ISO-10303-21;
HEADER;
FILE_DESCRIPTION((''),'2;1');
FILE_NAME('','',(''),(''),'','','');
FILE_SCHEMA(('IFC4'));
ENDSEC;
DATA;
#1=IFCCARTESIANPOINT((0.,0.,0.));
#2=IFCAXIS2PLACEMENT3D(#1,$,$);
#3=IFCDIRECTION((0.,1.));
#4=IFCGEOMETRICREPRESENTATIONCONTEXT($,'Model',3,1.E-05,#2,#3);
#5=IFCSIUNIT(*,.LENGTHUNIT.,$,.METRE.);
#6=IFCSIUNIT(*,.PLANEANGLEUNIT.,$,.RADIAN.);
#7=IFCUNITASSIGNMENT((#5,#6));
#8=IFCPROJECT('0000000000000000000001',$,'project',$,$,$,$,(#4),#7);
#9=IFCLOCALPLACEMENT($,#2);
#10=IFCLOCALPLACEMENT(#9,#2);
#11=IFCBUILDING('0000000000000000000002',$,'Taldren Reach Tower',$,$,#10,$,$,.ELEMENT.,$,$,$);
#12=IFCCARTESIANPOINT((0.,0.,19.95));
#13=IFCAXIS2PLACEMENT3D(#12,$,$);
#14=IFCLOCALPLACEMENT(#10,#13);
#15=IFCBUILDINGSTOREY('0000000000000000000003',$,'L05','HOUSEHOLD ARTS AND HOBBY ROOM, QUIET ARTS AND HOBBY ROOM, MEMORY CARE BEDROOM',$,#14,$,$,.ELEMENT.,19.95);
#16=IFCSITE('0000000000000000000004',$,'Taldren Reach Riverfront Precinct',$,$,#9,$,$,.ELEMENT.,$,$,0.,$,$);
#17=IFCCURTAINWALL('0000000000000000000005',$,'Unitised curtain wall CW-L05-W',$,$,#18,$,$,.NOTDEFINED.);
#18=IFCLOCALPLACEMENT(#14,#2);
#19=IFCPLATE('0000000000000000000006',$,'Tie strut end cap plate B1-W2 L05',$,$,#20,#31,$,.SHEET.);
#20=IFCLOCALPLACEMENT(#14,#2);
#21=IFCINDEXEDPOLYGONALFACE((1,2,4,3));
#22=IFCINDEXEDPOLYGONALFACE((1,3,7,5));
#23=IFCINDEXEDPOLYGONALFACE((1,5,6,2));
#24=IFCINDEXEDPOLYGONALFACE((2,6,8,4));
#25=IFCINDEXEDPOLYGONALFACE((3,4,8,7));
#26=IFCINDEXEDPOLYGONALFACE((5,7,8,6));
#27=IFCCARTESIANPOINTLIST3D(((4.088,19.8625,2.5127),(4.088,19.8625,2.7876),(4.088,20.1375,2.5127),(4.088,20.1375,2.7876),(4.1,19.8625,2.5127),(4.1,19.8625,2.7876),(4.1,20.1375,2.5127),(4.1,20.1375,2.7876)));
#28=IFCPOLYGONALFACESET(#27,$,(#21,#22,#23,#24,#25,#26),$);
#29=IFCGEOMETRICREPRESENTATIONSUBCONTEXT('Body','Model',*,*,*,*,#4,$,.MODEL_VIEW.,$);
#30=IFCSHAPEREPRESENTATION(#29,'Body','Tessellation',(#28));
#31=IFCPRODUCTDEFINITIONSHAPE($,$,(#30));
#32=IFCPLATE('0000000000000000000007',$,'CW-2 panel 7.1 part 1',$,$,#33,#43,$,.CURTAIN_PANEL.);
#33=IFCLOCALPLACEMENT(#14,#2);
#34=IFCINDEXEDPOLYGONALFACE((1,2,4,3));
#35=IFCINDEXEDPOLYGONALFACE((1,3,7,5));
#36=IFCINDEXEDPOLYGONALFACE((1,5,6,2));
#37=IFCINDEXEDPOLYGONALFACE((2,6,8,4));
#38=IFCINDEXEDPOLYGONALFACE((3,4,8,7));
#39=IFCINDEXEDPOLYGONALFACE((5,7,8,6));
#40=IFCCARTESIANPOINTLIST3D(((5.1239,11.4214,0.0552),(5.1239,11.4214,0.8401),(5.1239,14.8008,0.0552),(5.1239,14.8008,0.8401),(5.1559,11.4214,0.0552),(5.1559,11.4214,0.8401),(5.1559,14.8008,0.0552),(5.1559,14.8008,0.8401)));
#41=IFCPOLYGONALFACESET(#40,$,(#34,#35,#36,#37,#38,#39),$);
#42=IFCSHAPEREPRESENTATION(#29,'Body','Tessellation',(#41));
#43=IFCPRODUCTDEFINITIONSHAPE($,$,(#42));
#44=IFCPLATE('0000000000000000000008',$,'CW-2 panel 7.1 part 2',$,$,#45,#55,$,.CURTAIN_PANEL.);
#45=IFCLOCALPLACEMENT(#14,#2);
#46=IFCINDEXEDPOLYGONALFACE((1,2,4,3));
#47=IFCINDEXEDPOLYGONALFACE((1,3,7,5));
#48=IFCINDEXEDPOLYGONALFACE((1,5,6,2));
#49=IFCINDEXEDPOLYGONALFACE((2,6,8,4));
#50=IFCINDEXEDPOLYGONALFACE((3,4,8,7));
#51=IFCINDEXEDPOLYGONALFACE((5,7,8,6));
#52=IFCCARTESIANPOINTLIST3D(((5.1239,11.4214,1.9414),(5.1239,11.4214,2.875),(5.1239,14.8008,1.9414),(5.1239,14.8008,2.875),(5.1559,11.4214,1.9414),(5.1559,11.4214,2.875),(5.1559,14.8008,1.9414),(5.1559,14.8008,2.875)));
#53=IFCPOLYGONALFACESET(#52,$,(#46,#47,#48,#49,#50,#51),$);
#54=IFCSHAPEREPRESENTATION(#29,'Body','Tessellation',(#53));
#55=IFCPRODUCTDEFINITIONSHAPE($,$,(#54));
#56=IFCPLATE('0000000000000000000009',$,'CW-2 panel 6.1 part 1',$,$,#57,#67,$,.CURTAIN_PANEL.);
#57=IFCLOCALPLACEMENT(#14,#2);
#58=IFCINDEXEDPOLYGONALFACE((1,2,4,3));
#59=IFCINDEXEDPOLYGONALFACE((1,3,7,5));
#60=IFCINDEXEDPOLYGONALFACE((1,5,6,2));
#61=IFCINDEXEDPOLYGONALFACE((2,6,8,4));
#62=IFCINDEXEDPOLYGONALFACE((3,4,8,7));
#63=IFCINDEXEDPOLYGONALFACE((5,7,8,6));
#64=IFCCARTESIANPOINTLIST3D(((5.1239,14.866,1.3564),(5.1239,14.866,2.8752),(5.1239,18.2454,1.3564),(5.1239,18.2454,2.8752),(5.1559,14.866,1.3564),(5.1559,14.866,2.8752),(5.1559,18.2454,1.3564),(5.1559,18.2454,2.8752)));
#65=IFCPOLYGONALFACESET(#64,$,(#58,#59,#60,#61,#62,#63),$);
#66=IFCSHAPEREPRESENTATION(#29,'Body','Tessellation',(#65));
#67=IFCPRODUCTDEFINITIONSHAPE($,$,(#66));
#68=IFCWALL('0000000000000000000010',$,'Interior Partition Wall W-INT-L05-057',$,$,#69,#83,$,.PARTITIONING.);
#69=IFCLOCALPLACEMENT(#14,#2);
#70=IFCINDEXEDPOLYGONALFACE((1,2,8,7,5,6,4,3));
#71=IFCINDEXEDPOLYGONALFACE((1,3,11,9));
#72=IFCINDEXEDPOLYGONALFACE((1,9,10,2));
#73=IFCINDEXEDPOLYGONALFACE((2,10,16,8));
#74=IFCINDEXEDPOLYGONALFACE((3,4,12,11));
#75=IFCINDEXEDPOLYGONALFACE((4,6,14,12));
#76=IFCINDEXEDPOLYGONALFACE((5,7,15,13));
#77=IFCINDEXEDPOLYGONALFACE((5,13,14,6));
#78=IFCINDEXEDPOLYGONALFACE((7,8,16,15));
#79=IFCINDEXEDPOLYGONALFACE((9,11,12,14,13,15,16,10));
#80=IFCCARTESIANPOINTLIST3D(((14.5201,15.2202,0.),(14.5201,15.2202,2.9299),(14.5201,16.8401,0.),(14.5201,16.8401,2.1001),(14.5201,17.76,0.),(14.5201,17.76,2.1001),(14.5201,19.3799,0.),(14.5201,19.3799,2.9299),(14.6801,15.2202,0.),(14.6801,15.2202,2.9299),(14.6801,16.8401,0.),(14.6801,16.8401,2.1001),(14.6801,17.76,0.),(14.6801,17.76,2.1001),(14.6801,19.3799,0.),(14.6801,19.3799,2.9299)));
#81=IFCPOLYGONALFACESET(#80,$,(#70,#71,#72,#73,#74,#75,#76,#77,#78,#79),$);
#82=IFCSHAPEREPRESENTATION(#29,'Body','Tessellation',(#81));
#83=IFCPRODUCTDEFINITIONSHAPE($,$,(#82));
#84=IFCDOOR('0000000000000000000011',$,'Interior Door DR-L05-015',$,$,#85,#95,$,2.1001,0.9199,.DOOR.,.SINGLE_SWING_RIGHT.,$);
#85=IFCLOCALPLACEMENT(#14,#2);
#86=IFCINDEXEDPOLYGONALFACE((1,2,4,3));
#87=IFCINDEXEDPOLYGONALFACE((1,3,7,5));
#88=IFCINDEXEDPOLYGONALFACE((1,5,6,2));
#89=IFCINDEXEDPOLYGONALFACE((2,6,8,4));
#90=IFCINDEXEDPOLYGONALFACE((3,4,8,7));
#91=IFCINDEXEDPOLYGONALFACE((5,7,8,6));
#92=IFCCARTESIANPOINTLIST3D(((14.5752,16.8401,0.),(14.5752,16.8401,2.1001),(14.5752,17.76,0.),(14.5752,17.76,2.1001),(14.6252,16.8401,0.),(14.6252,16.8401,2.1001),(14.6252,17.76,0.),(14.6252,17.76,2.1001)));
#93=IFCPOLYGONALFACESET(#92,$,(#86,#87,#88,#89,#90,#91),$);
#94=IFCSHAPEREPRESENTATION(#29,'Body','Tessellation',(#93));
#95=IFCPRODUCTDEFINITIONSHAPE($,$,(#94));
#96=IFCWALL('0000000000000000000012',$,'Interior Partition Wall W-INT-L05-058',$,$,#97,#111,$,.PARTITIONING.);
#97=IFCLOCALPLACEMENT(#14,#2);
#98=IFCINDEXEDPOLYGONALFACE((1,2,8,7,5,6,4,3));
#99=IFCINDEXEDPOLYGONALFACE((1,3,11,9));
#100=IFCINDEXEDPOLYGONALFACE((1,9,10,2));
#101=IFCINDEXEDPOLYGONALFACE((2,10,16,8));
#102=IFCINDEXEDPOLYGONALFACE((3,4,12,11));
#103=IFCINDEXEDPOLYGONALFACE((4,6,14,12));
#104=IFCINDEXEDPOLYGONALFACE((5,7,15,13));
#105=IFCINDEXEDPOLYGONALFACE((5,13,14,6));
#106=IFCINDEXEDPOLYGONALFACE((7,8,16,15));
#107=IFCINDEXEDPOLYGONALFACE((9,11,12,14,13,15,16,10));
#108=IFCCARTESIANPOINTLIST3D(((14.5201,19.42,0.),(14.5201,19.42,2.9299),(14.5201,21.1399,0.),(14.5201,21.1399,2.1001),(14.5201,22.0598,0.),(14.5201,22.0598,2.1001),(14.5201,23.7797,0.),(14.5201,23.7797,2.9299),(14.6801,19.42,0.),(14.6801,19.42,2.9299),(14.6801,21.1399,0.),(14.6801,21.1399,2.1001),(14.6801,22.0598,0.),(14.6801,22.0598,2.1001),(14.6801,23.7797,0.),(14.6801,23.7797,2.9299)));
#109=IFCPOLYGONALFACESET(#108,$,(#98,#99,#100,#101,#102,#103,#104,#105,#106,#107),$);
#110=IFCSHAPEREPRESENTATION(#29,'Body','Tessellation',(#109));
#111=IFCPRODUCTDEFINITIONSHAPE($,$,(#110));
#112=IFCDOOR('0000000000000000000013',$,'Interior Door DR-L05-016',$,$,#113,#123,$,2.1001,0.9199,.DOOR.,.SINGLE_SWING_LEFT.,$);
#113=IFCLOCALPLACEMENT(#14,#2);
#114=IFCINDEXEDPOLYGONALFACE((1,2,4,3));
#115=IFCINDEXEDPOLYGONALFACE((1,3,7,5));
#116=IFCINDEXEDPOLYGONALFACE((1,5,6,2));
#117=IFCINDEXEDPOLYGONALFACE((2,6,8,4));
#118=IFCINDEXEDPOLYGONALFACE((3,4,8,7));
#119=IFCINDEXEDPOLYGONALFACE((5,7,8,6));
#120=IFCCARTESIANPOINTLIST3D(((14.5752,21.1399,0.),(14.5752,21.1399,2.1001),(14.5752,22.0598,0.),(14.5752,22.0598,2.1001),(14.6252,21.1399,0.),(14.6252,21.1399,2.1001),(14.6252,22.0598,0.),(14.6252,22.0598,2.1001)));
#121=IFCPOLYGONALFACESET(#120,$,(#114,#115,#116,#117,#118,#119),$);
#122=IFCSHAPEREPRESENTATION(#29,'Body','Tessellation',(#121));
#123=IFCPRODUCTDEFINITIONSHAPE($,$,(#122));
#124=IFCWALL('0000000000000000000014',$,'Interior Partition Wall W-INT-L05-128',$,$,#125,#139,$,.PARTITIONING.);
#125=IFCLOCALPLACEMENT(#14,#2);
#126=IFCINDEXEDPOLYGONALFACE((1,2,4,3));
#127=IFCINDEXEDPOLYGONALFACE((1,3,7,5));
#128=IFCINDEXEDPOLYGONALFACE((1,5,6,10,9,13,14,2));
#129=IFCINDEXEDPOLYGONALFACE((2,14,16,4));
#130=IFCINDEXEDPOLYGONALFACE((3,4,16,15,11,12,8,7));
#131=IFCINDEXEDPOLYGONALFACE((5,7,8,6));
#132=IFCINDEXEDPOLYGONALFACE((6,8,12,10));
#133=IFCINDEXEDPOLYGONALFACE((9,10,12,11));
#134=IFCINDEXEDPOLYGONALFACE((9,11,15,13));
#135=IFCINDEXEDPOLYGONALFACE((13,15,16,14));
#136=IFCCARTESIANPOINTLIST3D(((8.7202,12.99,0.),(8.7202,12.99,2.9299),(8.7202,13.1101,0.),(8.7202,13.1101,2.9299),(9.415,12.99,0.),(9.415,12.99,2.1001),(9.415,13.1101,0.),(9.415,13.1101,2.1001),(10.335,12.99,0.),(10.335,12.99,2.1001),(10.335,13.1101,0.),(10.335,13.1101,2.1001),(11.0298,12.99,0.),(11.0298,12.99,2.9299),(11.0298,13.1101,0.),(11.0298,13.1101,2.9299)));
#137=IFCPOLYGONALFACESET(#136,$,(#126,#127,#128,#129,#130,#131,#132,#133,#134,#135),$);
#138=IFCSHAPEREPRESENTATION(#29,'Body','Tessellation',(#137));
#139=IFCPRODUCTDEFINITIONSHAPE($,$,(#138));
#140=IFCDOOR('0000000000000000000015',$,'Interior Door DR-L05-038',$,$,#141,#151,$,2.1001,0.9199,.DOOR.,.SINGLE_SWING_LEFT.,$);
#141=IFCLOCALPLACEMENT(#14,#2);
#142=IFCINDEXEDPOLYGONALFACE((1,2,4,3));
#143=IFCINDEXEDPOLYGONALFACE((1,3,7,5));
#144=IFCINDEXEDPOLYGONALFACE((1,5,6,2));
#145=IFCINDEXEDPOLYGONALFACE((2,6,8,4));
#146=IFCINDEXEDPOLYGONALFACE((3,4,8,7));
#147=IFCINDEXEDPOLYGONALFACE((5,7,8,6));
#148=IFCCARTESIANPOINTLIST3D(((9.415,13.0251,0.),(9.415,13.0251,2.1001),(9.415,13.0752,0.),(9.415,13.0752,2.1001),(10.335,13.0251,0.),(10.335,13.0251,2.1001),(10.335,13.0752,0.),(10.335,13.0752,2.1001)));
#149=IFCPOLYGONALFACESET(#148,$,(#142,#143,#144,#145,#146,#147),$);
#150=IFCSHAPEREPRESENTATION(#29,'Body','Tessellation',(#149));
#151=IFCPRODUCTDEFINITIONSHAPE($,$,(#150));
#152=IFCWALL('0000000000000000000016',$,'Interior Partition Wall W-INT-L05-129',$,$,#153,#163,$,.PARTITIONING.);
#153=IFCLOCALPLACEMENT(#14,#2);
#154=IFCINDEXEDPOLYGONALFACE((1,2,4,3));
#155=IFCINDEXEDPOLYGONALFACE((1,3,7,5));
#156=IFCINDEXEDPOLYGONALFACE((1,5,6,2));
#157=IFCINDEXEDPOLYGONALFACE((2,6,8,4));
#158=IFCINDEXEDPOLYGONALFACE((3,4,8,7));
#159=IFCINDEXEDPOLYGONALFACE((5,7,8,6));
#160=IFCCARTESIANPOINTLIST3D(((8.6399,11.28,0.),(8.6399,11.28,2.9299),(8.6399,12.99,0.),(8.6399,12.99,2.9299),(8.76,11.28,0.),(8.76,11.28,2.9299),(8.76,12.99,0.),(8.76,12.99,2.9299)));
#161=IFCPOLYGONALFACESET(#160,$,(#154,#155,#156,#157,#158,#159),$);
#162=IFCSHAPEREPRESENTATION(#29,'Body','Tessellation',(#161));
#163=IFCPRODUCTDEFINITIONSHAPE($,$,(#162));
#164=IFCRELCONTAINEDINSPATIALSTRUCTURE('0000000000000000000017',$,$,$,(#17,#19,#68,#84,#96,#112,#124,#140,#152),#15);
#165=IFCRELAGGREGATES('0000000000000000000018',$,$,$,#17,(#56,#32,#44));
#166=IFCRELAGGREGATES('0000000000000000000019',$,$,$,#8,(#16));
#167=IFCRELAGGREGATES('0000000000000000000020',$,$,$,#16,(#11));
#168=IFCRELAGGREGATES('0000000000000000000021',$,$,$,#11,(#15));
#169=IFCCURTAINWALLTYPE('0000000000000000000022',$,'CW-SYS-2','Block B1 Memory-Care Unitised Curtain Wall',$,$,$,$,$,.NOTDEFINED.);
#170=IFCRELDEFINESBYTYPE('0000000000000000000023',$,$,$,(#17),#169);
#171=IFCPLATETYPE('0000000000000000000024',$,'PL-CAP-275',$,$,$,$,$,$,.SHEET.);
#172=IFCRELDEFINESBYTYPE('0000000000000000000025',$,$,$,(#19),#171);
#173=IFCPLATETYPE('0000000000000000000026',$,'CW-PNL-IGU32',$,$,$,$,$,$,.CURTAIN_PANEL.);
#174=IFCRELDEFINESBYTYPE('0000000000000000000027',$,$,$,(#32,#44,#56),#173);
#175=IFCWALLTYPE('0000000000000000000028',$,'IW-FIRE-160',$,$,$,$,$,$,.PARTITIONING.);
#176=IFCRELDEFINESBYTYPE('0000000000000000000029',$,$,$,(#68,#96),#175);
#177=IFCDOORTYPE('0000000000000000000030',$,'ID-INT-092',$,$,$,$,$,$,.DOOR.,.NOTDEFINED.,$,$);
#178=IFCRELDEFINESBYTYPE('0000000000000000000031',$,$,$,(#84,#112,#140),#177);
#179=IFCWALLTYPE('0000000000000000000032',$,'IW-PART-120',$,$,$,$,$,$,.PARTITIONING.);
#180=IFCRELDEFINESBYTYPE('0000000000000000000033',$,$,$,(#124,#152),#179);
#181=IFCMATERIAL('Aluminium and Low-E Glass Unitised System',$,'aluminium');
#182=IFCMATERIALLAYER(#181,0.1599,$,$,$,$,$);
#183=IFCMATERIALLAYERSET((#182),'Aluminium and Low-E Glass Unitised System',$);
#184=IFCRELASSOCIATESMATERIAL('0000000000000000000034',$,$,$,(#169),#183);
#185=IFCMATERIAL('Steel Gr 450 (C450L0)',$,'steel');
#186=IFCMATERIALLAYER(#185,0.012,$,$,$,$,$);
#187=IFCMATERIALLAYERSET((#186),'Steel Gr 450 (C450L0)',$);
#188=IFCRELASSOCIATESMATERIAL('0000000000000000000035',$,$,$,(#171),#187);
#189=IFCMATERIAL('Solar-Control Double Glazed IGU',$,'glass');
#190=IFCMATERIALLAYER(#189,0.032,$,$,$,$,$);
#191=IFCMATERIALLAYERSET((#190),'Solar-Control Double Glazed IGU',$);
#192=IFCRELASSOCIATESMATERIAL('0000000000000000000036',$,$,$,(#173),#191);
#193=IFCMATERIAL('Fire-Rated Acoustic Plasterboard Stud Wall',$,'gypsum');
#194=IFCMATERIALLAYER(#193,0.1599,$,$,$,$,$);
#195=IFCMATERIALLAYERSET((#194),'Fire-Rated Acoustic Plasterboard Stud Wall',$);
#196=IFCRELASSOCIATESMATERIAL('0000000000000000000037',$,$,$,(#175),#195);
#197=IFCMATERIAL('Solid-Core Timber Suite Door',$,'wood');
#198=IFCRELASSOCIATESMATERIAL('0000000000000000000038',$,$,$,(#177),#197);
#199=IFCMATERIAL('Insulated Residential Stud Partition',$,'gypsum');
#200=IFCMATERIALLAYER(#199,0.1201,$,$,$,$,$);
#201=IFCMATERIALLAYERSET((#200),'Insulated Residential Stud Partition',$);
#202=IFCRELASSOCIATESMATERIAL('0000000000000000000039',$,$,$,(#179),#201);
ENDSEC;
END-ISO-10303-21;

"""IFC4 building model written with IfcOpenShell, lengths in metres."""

from ifc_helpers import new_model, si_unit, direction, frame, frame_2d, origin, origin_2d, place, context, subcontext, project, spatial, rectangle, extrude, source, transform, mapped, material, layer, layer_set, type_object, element, fill, aggregate, save


model = new_model("IFC4")

# Units and contexts
model_context = context("Model", 3, precision=1e-05, world=origin(), true_north=direction((0.0, 1.0)))
body_context = subcontext(model_context, "Body", "Model", "MODEL_VIEW")
ifc_project = project(units=[si_unit("LENGTHUNIT", "METRE"), si_unit("PLANEANGLEUNIT", "RADIAN")], contexts=[model_context])

# Site, building, storey
site_placement = place(None, origin())
site = spatial("IfcSite", under=ifc_project, at=site_placement, Name="Taldren Reach Riverfront Precinct", CompositionType="ELEMENT", RefElevation=0.0)
building_placement = place(site_placement, origin())
building = spatial("IfcBuilding", under=site, at=building_placement, Name="Taldren Reach Tower", CompositionType="ELEMENT")
storey_placement = place(building_placement, frame((0.0, 0.0, 19.95)))
storey = spatial("IfcBuildingStorey", under=building, at=storey_placement, Name="L05", Description="HOUSEHOLD ARTS AND HOBBY ROOM, QUIET ARTS AND HOBBY ROOM, MEMORY CARE BEDROOM", CompositionType="ELEMENT", Elevation=19.95)

# Shared definitions
ifc_material_1 = material(Name="Steel Gr 450 (C450L0)", Category="steel")

# Curtain wall
ifc_material_2 = material(Name="Aluminium and Low-E Glass Unitised System", Category="aluminium")
ifc_layer_1 = layer(ifc_material_2, 0.1599)
ifc_layer_set_1 = layer_set([ifc_layer_1], Name="Aluminium and Low-E Glass Unitised System")
curtain_wall_type = type_object("IfcCurtainWallType", Name="CW-SYS-2", Description="Block B1 Memory-Care Unitised Curtain Wall", PredefinedType="NOTDEFINED", material=ifc_layer_set_1)
curtain_wall_placement = place(storey_placement, origin())
curtain_wall = element("IfcCurtainWall", 1, at=curtain_wall_placement, inside=storey, type_object=curtain_wall_type, Name="Unitised curtain wall CW-L05-W", PredefinedType="NOTDEFINED")

# Plates
ifc_layer_2 = layer(ifc_material_1, 0.012)
ifc_layer_set_2 = layer_set([ifc_layer_2], Name="Steel Gr 450 (C450L0)")
plate_type_1 = type_object("IfcPlateType", Name="PL-CAP-275", PredefinedType="SHEET", material=ifc_layer_set_2)
shared_shape_1 = source(origin(), body_context, "Body", "SweptSolid", [
    extrude(rectangle(XDim=0.012, YDim=0.2749, at=origin_2d()), origin(), (0.0, 0.0, 1.0), 0.2749),
])
plate_1_placement = place(storey_placement, frame((4.094, 20.0, 2.5127), z_axis=(0.0, 0.0, 1.0), x_axis=(1.0, 0.0, 0.0)))
element("IfcPlate", 2, at=plate_1_placement, inside=storey, type_object=plate_type_1, Name="Tie strut end cap plate B1-W2 L05", PredefinedType="SHEET", context=body_context, shape_type="MappedRepresentation", body=[
    mapped(shared_shape_1, transform((0.0, 0.0, 0.0), scale=1.0)),
])
ifc_material_3 = material(Name="Solar-Control Double Glazed IGU", Category="glass")
ifc_layer_3 = layer(ifc_material_3, 0.032)
ifc_layer_set_3 = layer_set([ifc_layer_3], Name="Solar-Control Double Glazed IGU")
plate_type_2 = type_object("IfcPlateType", Name="CW-PNL-IGU32", PredefinedType="CURTAIN_PANEL", material=ifc_layer_set_3)
shared_shape_2 = source(origin(), body_context, "Body", "SweptSolid", [
    extrude(rectangle(XDim=3.3794, YDim=0.032, at=origin_2d()), origin(), (0.0, 0.0, 1.0), 0.7849),
])
plate_2_placement = place(storey_placement, frame((5.1399, 13.1111, 0.0552), z_axis=(0.0, 0.0, 1.0), x_axis=(0.0, -1.0, 0.0)))
plate_2 = element("IfcPlate", 3, at=plate_2_placement, type_object=plate_type_2, Name="CW-2 panel 7.1 part 1", PredefinedType="CURTAIN_PANEL", context=body_context, shape_type="MappedRepresentation", body=[
    mapped(shared_shape_2, transform((0.0, 0.0, 0.0), scale=1.0)),
])
shared_shape_3 = source(origin(), body_context, "Body", "SweptSolid", [
    extrude(rectangle(XDim=3.3794, YDim=0.032, at=origin_2d()), origin(), (0.0, 0.0, 1.0), 0.9336),
])
plate_3_placement = place(storey_placement, frame((5.1399, 13.1111, 1.9414), z_axis=(0.0, 0.0, 1.0), x_axis=(0.0, -1.0, 0.0)))
plate_3 = element("IfcPlate", 4, at=plate_3_placement, type_object=plate_type_2, Name="CW-2 panel 7.1 part 2", PredefinedType="CURTAIN_PANEL", context=body_context, shape_type="MappedRepresentation", body=[
    mapped(shared_shape_3, transform((0.0, 0.0, 0.0), scale=1.0)),
])
shared_shape_4 = source(origin(), body_context, "Body", "SweptSolid", [
    extrude(rectangle(XDim=3.3794, YDim=0.032, at=origin_2d()), origin(), (0.0, 0.0, 1.0), 1.5188),
])
plate_4_placement = place(storey_placement, frame((5.1399, 16.5557, 1.3564), z_axis=(0.0, 0.0, 1.0), x_axis=(0.0, -1.0, 0.0)))
plate_4 = element("IfcPlate", 5, at=plate_4_placement, type_object=plate_type_2, Name="CW-2 panel 6.1 part 1", PredefinedType="CURTAIN_PANEL", context=body_context, shape_type="MappedRepresentation", body=[
    mapped(shared_shape_4, transform((0.0, 0.0, 0.0), scale=1.0)),
])
aggregate(curtain_wall, [plate_4, plate_2, plate_3])

# Walls, openings, doors
ifc_material_4 = material(Name="Fire-Rated Acoustic Plasterboard Stud Wall", Category="gypsum")
ifc_layer_4 = layer(ifc_material_4, 0.1599)
ifc_layer_set_4 = layer_set([ifc_layer_4], Name="Fire-Rated Acoustic Plasterboard Stud Wall")
wall_type_1 = type_object("IfcWallType", Name="IW-FIRE-160", PredefinedType="PARTITIONING", material=ifc_layer_set_4)
shared_shape_5 = source(origin(), body_context, "Body", "SweptSolid", [
    extrude(rectangle(XDim=4.1597, YDim=0.1599, at=frame_2d((2.0798, 0.0))), origin(), (0.0, 0.0, 1.0), 2.9299),
])
wall_1_placement = place(storey_placement, frame((14.6001, 15.2202, 0.0), z_axis=(0.0, 0.0, 1.0), x_axis=(0.0, 1.0, 0.0)))
wall_1 = element("IfcWall", 6, at=wall_1_placement, inside=storey, type_object=wall_type_1, Name="Interior Partition Wall W-INT-L05-057", PredefinedType="PARTITIONING", context=body_context, shape_type="MappedRepresentation", body=[
    mapped(shared_shape_5, transform((0.0, 0.0, 0.0), scale=1.0)),
])
shared_shape_6 = source(origin(), body_context, "Body", "SweptSolid", [
    extrude(rectangle(XDim=0.9199, YDim=2.1001, at=frame_2d((0.46, 1.05))), frame((0.0, 0.0898, 0.0), z_axis=(0.0, -1.0, 0.0), x_axis=(1.0, 0.0, 0.0)), (0.0, 0.0, 1.0), 0.1799),
])
opening_1_placement = place(wall_1_placement, frame((1.6199, 0.0, 0.0)))
opening_1 = element("IfcOpeningElement", 7, at=opening_1_placement, cuts=wall_1, PredefinedType="OPENING", context=body_context, shape_type="MappedRepresentation", body=[
    mapped(shared_shape_6, transform((0.0, 0.0, 0.0), scale=1.0)),
])
ifc_material_5 = material(Name="Solid-Core Timber Suite Door", Category="wood")
door_type = type_object("IfcDoorType", Name="ID-INT-092", OperationType="NOTDEFINED", PredefinedType="DOOR", material=ifc_material_5)
shared_shape_7 = source(origin(), body_context, "Body", "SweptSolid", [
    extrude(rectangle(XDim=0.9199, YDim=2.1001, at=frame_2d((0.46, 1.05))), frame((0.0, 0.0249, 0.0), z_axis=(0.0, -1.0, 0.0), x_axis=(1.0, 0.0, 0.0)), (0.0, 0.0, 1.0), 0.05),
])
door_1_placement = place(opening_1_placement, origin())
door_1 = element("IfcDoor", 8, at=door_1_placement, inside=storey, type_object=door_type, Name="Interior Door DR-L05-015", OperationType="SINGLE_SWING_RIGHT", OverallHeight=2.1001, OverallWidth=0.9199, PredefinedType="DOOR", context=body_context, shape_type="MappedRepresentation", body=[
    mapped(shared_shape_7, transform((0.0, 0.0, 0.0), scale=1.0)),
])
fill(opening_1, door_1)
shared_shape_8 = source(origin(), body_context, "Body", "SweptSolid", [
    extrude(rectangle(XDim=4.3596, YDim=0.1599, at=frame_2d((2.1797, 0.0))), origin(), (0.0, 0.0, 1.0), 2.9299),
])
wall_2_placement = place(storey_placement, frame((14.6001, 19.4202, 0.0), z_axis=(0.0, 0.0, 1.0), x_axis=(0.0, 1.0, 0.0)))
wall_2 = element("IfcWall", 9, at=wall_2_placement, inside=storey, type_object=wall_type_1, Name="Interior Partition Wall W-INT-L05-058", PredefinedType="PARTITIONING", context=body_context, shape_type="MappedRepresentation", body=[
    mapped(shared_shape_8, transform((0.0, 0.0, 0.0), scale=1.0)),
])
opening_2_placement = place(wall_2_placement, frame((1.7197, 0.0, 0.0)))
opening_2 = element("IfcOpeningElement", 10, at=opening_2_placement, cuts=wall_2, PredefinedType="OPENING", context=body_context, shape_type="MappedRepresentation", body=[
    mapped(shared_shape_6, transform((0.0, 0.0, 0.0), scale=1.0)),
])
door_2_placement = place(opening_2_placement, origin())
door_2 = element("IfcDoor", 11, at=door_2_placement, inside=storey, type_object=door_type, Name="Interior Door DR-L05-016", OperationType="SINGLE_SWING_LEFT", OverallHeight=2.1001, OverallWidth=0.9199, PredefinedType="DOOR", context=body_context, shape_type="MappedRepresentation", body=[
    mapped(shared_shape_7, transform((0.0, 0.0, 0.0), scale=1.0)),
])
fill(opening_2, door_2)
ifc_material_6 = material(Name="Insulated Residential Stud Partition", Category="gypsum")
ifc_layer_5 = layer(ifc_material_6, 0.1201)
ifc_layer_set_5 = layer_set([ifc_layer_5], Name="Insulated Residential Stud Partition")
wall_type_2 = type_object("IfcWallType", Name="IW-PART-120", PredefinedType="PARTITIONING", material=ifc_layer_set_5)
shared_shape_9 = source(origin(), body_context, "Body", "SweptSolid", [
    extrude(rectangle(XDim=2.3096, YDim=0.1201, at=frame_2d((1.1548, 0.0))), origin(), (0.0, 0.0, 1.0), 2.9299),
])
wall_3_placement = place(storey_placement, frame((11.0298, 13.05, 0.0), z_axis=(0.0, 0.0, 1.0), x_axis=(-1.0, 0.0, 0.0)))
wall_3 = element("IfcWall", 12, at=wall_3_placement, inside=storey, type_object=wall_type_2, Name="Interior Partition Wall W-INT-L05-128", PredefinedType="PARTITIONING", context=body_context, shape_type="MappedRepresentation", body=[
    mapped(shared_shape_9, transform((0.0, 0.0, 0.0), scale=1.0)),
])
shared_shape_10 = source(origin(), body_context, "Body", "SweptSolid", [
    extrude(rectangle(XDim=0.9199, YDim=2.1001, at=frame_2d((0.46, 1.05))), frame((0.0, 0.0701, 0.0), z_axis=(0.0, -1.0, 0.0), x_axis=(1.0, 0.0, 0.0)), (0.0, 0.0, 1.0), 0.1401),
])
opening_3_placement = place(wall_3_placement, frame((0.6948, 0.0, 0.0)))
opening_3 = element("IfcOpeningElement", 13, at=opening_3_placement, cuts=wall_3, PredefinedType="OPENING", context=body_context, shape_type="MappedRepresentation", body=[
    mapped(shared_shape_10, transform((0.0, 0.0, 0.0), scale=1.0)),
])
door_3_placement = place(opening_3_placement, origin())
door_3 = element("IfcDoor", 14, at=door_3_placement, inside=storey, type_object=door_type, Name="Interior Door DR-L05-038", OperationType="SINGLE_SWING_LEFT", OverallHeight=2.1001, OverallWidth=0.9199, PredefinedType="DOOR", context=body_context, shape_type="MappedRepresentation", body=[
    mapped(shared_shape_7, transform((0.0, 0.0, 0.0), scale=1.0)),
])
fill(opening_3, door_3)

# Wall
shared_shape_11 = source(origin(), body_context, "Body", "SweptSolid", [
    extrude(rectangle(XDim=1.71, YDim=0.1201, at=frame_2d((0.855, 0.0))), origin(), (0.0, 0.0, 1.0), 2.9299),
])
wall_4_placement = place(storey_placement, frame((8.7, 12.99, 0.0), z_axis=(0.0, 0.0, 1.0), x_axis=(0.0, -1.0, 0.0)))
element("IfcWall", 15, at=wall_4_placement, inside=storey, type_object=wall_type_2, Name="Interior Partition Wall W-INT-L05-129", PredefinedType="PARTITIONING", context=body_context, shape_type="MappedRepresentation", body=[
    mapped(shared_shape_11, transform((0.0, 0.0, 0.0), scale=1.0)),
])

save(model, "model.ifc")
